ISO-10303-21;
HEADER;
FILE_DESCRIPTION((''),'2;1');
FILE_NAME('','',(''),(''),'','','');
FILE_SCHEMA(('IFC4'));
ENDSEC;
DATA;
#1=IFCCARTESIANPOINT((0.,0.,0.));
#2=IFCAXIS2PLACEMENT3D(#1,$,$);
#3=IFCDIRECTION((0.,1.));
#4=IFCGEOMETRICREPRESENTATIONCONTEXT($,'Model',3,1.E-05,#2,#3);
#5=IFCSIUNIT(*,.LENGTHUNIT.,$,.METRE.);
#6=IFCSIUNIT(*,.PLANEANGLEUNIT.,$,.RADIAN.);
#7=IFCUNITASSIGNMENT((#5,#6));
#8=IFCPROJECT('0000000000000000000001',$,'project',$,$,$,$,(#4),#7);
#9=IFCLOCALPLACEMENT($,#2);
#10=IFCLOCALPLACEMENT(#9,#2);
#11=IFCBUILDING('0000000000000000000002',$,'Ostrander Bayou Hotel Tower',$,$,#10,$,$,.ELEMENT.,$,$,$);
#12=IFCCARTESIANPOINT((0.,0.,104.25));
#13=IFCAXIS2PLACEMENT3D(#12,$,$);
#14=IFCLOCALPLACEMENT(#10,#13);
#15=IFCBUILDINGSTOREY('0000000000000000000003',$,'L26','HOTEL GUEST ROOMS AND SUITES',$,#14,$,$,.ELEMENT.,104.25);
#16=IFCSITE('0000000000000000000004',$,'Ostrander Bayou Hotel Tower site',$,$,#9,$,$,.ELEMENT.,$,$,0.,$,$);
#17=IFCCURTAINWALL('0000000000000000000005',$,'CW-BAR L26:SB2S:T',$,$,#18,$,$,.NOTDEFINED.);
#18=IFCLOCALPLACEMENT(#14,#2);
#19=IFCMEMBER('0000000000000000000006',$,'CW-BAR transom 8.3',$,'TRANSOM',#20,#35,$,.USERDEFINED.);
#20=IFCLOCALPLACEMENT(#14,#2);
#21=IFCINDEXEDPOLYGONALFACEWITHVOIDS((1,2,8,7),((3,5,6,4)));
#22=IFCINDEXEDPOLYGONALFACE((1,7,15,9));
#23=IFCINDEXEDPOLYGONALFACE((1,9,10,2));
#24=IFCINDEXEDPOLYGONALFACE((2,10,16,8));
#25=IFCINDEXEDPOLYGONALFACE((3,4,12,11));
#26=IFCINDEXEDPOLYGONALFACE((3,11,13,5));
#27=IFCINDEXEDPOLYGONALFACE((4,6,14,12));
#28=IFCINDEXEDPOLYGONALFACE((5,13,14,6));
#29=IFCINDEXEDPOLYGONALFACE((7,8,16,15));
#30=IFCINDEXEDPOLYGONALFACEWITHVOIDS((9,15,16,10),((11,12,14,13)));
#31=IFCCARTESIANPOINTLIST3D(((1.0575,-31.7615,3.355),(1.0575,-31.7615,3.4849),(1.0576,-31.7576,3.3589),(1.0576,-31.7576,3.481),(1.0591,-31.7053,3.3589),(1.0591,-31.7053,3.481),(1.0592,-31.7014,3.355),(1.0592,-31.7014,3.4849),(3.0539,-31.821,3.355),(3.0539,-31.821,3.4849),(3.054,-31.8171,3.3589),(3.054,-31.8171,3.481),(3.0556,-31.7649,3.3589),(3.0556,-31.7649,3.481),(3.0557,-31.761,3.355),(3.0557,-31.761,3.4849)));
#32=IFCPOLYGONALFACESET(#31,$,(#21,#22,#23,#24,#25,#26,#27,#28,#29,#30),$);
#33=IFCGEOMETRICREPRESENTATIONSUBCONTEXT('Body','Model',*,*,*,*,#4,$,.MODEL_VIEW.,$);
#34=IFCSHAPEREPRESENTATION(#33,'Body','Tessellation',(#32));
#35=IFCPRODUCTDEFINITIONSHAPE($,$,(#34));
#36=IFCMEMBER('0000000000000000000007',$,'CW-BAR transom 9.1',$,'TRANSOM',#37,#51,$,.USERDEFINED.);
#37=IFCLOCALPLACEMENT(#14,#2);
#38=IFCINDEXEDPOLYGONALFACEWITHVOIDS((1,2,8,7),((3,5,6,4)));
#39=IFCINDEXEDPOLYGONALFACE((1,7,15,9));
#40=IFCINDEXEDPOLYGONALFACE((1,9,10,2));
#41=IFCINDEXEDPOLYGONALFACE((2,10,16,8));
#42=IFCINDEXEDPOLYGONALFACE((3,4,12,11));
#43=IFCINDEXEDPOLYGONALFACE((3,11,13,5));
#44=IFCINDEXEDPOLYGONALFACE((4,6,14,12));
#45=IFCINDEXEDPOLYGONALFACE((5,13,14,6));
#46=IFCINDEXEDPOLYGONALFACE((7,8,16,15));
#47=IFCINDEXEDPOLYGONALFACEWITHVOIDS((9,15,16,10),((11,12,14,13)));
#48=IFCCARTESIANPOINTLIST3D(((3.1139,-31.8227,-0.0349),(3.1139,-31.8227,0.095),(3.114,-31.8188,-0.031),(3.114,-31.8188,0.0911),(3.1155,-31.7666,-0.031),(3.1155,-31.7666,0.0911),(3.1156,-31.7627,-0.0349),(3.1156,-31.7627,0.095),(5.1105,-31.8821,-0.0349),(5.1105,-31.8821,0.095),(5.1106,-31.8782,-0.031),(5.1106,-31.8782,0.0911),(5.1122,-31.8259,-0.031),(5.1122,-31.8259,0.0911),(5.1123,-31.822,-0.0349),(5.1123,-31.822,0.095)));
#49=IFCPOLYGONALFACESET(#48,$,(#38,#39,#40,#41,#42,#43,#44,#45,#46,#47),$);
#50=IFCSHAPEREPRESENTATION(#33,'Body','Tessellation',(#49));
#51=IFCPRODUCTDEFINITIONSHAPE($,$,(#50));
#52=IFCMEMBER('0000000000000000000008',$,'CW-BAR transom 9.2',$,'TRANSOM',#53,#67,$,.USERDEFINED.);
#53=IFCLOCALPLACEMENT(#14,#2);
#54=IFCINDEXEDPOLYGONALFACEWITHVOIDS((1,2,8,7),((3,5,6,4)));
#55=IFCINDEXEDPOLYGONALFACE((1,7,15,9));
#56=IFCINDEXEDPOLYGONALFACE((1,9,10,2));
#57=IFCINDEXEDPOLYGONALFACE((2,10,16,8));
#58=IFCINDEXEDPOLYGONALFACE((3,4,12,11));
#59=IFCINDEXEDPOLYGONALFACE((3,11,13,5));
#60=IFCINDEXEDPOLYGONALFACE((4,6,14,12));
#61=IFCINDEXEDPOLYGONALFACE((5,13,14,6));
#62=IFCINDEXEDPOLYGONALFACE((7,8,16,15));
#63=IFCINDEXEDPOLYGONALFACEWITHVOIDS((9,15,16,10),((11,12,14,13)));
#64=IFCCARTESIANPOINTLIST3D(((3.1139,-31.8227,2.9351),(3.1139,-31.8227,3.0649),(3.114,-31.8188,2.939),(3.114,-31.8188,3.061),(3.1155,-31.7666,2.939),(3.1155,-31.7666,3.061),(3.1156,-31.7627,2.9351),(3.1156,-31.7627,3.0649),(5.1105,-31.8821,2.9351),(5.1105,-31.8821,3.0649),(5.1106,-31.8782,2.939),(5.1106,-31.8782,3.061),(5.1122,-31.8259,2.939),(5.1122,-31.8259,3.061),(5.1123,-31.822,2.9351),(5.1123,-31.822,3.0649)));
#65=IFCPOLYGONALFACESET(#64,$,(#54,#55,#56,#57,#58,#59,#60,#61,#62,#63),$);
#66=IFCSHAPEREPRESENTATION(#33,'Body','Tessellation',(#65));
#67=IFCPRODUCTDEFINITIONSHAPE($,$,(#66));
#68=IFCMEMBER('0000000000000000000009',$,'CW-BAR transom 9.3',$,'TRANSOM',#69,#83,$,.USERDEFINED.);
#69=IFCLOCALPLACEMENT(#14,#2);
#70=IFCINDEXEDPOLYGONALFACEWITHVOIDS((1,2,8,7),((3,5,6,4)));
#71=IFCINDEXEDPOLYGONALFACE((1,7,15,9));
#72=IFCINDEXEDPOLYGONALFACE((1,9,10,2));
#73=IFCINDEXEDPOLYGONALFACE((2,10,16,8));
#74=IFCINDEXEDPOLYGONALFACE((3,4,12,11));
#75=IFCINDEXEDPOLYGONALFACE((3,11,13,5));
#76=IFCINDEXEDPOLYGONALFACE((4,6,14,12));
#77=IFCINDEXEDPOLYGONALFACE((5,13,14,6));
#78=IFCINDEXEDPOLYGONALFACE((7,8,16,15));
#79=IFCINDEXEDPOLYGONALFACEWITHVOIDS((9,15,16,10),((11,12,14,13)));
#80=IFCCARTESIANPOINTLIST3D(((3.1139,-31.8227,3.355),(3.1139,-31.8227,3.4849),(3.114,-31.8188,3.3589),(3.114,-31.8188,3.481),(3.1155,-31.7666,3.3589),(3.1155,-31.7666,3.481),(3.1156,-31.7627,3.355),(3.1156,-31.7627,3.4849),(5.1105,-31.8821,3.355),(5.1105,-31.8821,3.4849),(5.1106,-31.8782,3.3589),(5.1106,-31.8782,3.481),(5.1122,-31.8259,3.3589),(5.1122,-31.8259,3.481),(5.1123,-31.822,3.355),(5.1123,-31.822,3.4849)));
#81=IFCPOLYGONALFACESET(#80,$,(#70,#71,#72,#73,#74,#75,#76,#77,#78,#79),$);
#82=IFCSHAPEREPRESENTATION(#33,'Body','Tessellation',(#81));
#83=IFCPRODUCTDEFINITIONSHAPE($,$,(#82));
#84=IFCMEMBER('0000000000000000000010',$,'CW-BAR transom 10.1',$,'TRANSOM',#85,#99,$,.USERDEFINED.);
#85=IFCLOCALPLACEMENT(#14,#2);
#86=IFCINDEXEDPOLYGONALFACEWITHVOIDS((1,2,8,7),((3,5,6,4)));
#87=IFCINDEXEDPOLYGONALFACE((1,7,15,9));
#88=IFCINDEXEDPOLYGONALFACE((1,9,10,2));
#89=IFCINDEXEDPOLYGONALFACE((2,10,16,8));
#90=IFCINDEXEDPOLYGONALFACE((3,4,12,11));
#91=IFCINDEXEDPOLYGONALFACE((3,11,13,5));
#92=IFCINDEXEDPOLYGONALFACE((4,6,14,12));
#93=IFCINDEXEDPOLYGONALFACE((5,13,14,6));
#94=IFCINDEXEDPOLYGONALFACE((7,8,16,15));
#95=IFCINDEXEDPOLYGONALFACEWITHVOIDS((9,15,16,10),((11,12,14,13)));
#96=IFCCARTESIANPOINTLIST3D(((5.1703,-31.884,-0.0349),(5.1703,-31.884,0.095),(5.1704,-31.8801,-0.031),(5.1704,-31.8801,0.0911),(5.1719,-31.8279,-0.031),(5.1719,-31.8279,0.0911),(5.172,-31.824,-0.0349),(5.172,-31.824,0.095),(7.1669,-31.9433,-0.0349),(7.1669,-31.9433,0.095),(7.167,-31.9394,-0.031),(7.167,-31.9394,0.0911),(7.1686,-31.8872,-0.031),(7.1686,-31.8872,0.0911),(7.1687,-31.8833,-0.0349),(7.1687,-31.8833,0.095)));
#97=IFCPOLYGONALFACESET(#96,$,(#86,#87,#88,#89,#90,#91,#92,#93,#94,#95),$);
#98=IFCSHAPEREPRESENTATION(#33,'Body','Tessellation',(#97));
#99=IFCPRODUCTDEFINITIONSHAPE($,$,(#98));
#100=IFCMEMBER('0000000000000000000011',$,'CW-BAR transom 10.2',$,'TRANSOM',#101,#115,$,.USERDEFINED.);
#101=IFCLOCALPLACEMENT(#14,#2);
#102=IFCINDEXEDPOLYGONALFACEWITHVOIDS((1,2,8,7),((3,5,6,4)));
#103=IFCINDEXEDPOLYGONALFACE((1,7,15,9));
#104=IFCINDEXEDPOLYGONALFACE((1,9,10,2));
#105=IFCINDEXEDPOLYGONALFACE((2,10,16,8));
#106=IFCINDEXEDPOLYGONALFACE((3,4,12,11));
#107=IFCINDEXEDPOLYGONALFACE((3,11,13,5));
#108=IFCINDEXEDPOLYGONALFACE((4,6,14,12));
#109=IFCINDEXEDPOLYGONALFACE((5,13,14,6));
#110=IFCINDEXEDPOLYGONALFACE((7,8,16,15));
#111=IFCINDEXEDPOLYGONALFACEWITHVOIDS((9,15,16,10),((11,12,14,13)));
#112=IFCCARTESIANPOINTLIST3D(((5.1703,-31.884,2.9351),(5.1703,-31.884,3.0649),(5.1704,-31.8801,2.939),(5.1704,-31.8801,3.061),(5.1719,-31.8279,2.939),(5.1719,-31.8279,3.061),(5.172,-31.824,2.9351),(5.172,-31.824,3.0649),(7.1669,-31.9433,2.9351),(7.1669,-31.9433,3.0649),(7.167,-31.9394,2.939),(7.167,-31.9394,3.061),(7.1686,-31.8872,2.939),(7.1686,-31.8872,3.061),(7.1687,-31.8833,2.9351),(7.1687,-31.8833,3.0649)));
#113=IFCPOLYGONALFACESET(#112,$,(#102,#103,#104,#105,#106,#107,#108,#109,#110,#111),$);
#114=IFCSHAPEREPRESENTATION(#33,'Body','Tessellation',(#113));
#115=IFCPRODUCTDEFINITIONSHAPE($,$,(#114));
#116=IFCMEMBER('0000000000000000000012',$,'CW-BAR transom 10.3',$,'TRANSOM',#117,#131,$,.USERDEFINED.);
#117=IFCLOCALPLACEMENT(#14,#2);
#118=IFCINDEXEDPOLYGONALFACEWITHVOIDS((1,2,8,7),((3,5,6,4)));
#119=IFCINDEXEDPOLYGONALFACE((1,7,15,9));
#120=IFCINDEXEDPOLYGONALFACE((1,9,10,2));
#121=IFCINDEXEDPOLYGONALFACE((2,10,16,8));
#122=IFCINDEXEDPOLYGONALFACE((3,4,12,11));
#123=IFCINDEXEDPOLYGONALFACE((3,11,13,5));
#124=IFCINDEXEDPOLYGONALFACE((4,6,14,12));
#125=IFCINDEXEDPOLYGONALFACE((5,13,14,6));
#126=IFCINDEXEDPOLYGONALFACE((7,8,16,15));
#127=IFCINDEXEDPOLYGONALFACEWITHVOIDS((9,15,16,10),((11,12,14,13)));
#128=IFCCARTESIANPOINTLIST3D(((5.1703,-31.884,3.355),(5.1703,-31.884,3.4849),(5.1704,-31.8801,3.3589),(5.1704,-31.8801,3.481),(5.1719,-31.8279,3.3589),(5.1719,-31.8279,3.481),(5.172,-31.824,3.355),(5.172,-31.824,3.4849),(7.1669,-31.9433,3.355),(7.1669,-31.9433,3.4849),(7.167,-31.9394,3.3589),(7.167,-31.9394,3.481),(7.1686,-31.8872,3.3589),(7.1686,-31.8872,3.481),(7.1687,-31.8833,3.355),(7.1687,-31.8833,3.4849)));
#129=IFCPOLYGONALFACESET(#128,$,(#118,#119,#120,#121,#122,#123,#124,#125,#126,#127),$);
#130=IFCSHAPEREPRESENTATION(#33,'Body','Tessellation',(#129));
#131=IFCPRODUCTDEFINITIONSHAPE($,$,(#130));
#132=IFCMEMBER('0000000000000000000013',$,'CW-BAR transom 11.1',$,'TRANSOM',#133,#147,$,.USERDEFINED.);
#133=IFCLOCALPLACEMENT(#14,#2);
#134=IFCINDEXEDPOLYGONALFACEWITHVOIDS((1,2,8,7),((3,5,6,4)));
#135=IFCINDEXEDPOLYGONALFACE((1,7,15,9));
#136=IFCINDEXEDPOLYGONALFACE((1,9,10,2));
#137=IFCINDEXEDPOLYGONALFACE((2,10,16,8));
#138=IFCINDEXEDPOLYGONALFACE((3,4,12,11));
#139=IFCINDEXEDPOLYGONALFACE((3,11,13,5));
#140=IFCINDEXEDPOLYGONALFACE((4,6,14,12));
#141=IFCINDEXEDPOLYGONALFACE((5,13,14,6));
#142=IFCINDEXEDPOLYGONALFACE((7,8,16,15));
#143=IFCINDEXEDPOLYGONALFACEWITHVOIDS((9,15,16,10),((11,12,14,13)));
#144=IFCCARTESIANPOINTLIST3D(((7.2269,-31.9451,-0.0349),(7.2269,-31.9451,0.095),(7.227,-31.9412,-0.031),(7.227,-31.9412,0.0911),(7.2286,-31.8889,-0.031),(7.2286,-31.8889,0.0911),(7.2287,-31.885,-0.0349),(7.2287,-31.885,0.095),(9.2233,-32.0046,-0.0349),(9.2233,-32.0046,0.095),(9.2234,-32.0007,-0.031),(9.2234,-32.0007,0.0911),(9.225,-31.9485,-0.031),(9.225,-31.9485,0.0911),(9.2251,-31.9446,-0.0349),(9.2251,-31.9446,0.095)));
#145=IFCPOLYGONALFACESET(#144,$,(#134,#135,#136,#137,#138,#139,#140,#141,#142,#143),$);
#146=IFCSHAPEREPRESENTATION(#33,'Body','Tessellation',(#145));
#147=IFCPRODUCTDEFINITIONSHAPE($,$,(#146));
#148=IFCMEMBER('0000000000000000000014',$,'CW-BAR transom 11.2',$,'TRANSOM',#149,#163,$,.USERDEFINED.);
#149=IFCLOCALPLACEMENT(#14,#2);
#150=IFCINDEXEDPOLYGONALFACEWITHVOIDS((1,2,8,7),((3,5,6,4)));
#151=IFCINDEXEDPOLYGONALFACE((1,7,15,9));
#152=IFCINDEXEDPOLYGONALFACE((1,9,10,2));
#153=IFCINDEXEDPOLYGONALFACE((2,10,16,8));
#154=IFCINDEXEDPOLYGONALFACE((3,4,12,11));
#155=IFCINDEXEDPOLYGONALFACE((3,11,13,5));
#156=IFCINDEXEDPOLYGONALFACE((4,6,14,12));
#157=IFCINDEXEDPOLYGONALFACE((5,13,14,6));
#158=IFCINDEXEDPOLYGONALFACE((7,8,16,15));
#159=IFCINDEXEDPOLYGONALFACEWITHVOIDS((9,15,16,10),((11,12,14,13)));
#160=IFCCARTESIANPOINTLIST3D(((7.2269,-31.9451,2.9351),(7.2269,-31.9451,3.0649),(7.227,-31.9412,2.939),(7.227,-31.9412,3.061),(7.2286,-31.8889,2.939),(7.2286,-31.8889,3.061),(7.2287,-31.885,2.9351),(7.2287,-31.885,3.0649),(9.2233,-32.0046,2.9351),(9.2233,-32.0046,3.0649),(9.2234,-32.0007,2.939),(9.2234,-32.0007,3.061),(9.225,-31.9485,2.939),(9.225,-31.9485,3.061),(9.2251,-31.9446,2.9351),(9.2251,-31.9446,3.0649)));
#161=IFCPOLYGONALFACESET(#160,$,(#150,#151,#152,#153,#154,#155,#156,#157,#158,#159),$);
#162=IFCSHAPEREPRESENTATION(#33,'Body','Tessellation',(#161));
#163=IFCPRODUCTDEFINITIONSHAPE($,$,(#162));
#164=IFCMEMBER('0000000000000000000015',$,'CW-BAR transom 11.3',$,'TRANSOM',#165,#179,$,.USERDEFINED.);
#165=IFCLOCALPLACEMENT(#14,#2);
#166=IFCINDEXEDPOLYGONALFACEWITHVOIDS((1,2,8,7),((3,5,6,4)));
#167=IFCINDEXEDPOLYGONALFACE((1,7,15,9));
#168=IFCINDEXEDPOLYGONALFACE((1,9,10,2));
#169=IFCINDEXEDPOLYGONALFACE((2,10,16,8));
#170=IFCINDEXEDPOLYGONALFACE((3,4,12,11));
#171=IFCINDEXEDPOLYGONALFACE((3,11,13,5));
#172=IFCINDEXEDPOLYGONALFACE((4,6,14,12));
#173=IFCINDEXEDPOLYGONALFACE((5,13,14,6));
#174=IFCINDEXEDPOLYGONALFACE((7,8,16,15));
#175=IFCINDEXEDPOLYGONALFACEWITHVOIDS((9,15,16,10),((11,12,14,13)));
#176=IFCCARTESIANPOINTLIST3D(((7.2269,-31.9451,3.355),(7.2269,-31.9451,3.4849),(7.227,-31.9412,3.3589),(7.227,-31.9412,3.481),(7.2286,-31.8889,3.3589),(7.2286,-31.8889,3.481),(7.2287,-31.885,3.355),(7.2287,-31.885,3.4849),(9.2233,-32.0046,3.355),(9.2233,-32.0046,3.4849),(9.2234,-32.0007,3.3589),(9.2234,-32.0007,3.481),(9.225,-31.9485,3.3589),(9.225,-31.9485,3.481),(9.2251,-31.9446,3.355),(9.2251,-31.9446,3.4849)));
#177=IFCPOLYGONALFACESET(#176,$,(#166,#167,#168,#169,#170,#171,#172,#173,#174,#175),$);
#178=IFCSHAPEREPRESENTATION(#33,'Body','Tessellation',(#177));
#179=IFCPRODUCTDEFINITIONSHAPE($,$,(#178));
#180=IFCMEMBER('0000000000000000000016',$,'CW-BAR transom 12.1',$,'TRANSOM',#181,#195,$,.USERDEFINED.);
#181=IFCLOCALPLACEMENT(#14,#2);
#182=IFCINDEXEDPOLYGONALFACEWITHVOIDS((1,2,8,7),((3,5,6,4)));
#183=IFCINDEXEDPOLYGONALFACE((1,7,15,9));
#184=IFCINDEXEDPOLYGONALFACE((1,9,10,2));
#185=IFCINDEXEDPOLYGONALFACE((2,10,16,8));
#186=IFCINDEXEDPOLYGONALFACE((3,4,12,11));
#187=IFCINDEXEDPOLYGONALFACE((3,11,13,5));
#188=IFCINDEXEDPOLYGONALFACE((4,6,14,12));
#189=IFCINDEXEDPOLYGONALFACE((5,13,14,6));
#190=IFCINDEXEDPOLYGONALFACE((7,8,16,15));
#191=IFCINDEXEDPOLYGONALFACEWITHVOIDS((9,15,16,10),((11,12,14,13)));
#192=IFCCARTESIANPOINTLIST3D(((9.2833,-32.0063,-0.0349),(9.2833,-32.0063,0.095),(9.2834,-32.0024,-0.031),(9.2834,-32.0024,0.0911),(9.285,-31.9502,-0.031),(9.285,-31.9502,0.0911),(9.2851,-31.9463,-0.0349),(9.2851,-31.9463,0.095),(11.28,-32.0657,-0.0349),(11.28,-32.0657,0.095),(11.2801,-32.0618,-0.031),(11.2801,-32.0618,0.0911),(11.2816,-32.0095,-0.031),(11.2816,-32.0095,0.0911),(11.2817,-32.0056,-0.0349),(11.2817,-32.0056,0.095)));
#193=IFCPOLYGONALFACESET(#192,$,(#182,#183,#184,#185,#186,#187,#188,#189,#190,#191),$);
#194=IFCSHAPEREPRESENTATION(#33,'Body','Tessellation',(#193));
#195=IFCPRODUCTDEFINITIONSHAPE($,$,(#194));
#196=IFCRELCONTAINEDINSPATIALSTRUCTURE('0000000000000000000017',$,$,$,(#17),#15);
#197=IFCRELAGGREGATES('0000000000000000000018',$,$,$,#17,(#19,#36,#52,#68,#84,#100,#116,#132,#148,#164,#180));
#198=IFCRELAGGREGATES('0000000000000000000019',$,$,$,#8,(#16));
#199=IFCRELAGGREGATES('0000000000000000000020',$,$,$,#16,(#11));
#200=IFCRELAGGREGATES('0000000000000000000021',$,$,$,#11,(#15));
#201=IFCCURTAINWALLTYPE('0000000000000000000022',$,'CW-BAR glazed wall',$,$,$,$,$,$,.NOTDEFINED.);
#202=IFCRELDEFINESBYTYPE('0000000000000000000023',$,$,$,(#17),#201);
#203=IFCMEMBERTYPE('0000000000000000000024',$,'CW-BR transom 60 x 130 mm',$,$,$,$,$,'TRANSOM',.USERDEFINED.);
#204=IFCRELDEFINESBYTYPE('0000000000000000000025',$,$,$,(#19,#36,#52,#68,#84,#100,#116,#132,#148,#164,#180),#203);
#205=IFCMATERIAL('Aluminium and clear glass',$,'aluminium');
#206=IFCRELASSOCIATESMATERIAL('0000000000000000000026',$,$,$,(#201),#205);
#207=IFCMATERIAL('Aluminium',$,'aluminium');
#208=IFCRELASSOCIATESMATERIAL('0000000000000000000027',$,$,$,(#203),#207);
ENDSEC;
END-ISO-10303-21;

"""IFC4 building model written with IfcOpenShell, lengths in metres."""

from ifc_helpers import new_model, si_unit, direction, frame, origin, origin_2d, place, context, subcontext, project, spatial, hollow_rectangle, extrude, material, material_profile, profile_set, type_object, element, aggregate, save


model = new_model("IFC4")

# Units and contexts
model_context = context("Model", 3, precision=1e-05, world=origin(), true_north=direction((0.0, 1.0)))
body_context = subcontext(model_context, "Body", "Model", "MODEL_VIEW")
ifc_project = project(units=[si_unit("LENGTHUNIT", "METRE"), si_unit("PLANEANGLEUNIT", "RADIAN")], contexts=[model_context])

# Site, building, storey
site_placement = place(None, origin())
site = spatial("IfcSite", under=ifc_project, at=site_placement, Name="Ostrander Bayou Hotel Tower site", CompositionType="ELEMENT", RefElevation=0.0)
building_placement = place(site_placement, origin())
building = spatial("IfcBuilding", under=site, at=building_placement, Name="Ostrander Bayou Hotel Tower", CompositionType="ELEMENT")
storey_placement = place(building_placement, frame((0.0, 0.0, 104.25)))
storey = spatial("IfcBuildingStorey", under=building, at=storey_placement, Name="L26", Description="HOTEL GUEST ROOMS AND SUITES", CompositionType="ELEMENT", Elevation=104.25)

# Curtain wall, members
ifc_material_1 = material(Name="Aluminium and clear glass", Category="aluminium")
curtain_wall_type = type_object("IfcCurtainWallType", Name="CW-BAR glazed wall", PredefinedType="NOTDEFINED", material=ifc_material_1)
curtain_wall_placement = place(storey_placement, origin())
curtain_wall = element("IfcCurtainWall", 1, at=curtain_wall_placement, inside=storey, type_object=curtain_wall_type, Name="CW-BAR L26:SB2S:T", PredefinedType="NOTDEFINED")
ifc_material_2 = material(Name="Aluminium", Category="aluminium")
ifc_material_profile_1 = material_profile(ifc_material_2, hollow_rectangle(XDim=0.0601, YDim=0.1299, WallThickness=0.0039, at=origin_2d()))
ifc_profile_set_1 = profile_set([ifc_material_profile_1], Name="Aluminium")
member_type_1 = type_object("IfcMemberType", Name="CW-BR transom 60 x 130 mm", ElementType="TRANSOM", PredefinedType="USERDEFINED", material=ifc_profile_set_1)
member_1_placement = place(storey_placement, frame((1.0583, -31.7314, 3.4199), z_axis=(0.999555, -0.029827, 0.0), x_axis=(0.029827, 0.999555, 0.0)))
member_1 = element("IfcMember", 2, at=member_1_placement, type_object=member_type_1, Name="CW-BAR transom 8.3", ObjectType="TRANSOM", PredefinedType="USERDEFINED", context=body_context, shape_type="SweptSolid", body=[
    extrude(hollow_rectangle(XDim=0.0601, YDim=0.1299, WallThickness=0.0039, at=origin_2d()), origin(), (0.0, 0.0, 1.0), 1.9973),
])
member_2_placement = place(storey_placement, frame((3.1147, -31.7927, 0.03), z_axis=(0.999559, -0.029701, 0.0), x_axis=(0.029701, 0.999559, 0.0)))
member_2 = element("IfcMember", 3, at=member_2_placement, type_object=member_type_1, Name="CW-BAR transom 9.1", ObjectType="TRANSOM", PredefinedType="USERDEFINED", context=body_context, shape_type="SweptSolid", body=[
    extrude(hollow_rectangle(XDim=0.0601, YDim=0.1299, WallThickness=0.0039, at=origin_2d()), origin(), (0.0, 0.0, 1.0), 1.9976),
])
member_3_placement = place(storey_placement, frame((3.1147, -31.7927, 3.0), z_axis=(0.999559, -0.029701, 0.0), x_axis=(0.029701, 0.999559, 0.0)))
member_3 = element("IfcMember", 4, at=member_3_placement, type_object=member_type_1, Name="CW-BAR transom 9.2", ObjectType="TRANSOM", PredefinedType="USERDEFINED", context=body_context, shape_type="SweptSolid", body=[
    extrude(hollow_rectangle(XDim=0.0601, YDim=0.1299, WallThickness=0.0039, at=origin_2d()), origin(), (0.0, 0.0, 1.0), 1.9976),
])
member_4_placement = place(storey_placement, frame((3.1147, -31.7927, 3.4199), z_axis=(0.999559, -0.029701, 0.0), x_axis=(0.029701, 0.999559, 0.0)))
member_4 = element("IfcMember", 5, at=member_4_placement, type_object=member_type_1, Name="CW-BAR transom 9.3", ObjectType="TRANSOM", PredefinedType="USERDEFINED", context=body_context, shape_type="SweptSolid", body=[
    extrude(hollow_rectangle(XDim=0.0601, YDim=0.1299, WallThickness=0.0039, at=origin_2d()), origin(), (0.0, 0.0, 1.0), 1.9976),
])
member_5_placement = place(storey_placement, frame((5.1711, -31.854, 0.03), z_axis=(0.999559, -0.029701, 0.0), x_axis=(0.029701, 0.999559, 0.0)))
member_5 = element("IfcMember", 6, at=member_5_placement, type_object=member_type_1, Name="CW-BAR transom 10.1", ObjectType="TRANSOM", PredefinedType="USERDEFINED", context=body_context, shape_type="SweptSolid", body=[
    extrude(hollow_rectangle(XDim=0.0601, YDim=0.1299, WallThickness=0.0039, at=origin_2d()), origin(), (0.0, 0.0, 1.0), 1.9976),
])
member_6_placement = place(storey_placement, frame((5.1711, -31.854, 3.0), z_axis=(0.999559, -0.029701, 0.0), x_axis=(0.029701, 0.999559, 0.0)))
member_6 = element("IfcMember", 7, at=member_6_placement, type_object=member_type_1, Name="CW-BAR transom 10.2", ObjectType="TRANSOM", PredefinedType="USERDEFINED", context=body_context, shape_type="SweptSolid", body=[
    extrude(hollow_rectangle(XDim=0.0601, YDim=0.1299, WallThickness=0.0039, at=origin_2d()), origin(), (0.0, 0.0, 1.0), 1.9976),
])
member_7_placement = place(storey_placement, frame((5.1711, -31.854, 3.4199), z_axis=(0.999559, -0.029701, 0.0), x_axis=(0.029701, 0.999559, 0.0)))
member_7 = element("IfcMember", 8, at=member_7_placement, type_object=member_type_1, Name="CW-BAR transom 10.3", ObjectType="TRANSOM", PredefinedType="USERDEFINED", context=body_context, shape_type="SweptSolid", body=[
    extrude(hollow_rectangle(XDim=0.0601, YDim=0.1299, WallThickness=0.0039, at=origin_2d()), origin(), (0.0, 0.0, 1.0), 1.9976),
])
member_8_placement = place(storey_placement, frame((7.2278, -31.915, 0.03), z_axis=(0.999555, -0.029827, 0.0), x_axis=(0.029827, 0.999555, 0.0)))
member_8 = element("IfcMember", 9, at=member_8_placement, type_object=member_type_1, Name="CW-BAR transom 11.1", ObjectType="TRANSOM", PredefinedType="USERDEFINED", context=body_context, shape_type="SweptSolid", body=[
    extrude(hollow_rectangle(XDim=0.0601, YDim=0.1299, WallThickness=0.0039, at=origin_2d()), origin(), (0.0, 0.0, 1.0), 1.9973),
])
member_9_placement = place(storey_placement, frame((7.2278, -31.915, 3.0), z_axis=(0.999555, -0.029827, 0.0), x_axis=(0.029827, 0.999555, 0.0)))
member_9 = element("IfcMember", 10, at=member_9_placement, type_object=member_type_1, Name="CW-BAR transom 11.2", ObjectType="TRANSOM", PredefinedType="USERDEFINED", context=body_context, shape_type="SweptSolid", body=[
    extrude(hollow_rectangle(XDim=0.0601, YDim=0.1299, WallThickness=0.0039, at=origin_2d()), origin(), (0.0, 0.0, 1.0), 1.9973),
])
member_10_placement = place(storey_placement, frame((7.2278, -31.915, 3.4199), z_axis=(0.999555, -0.029827, 0.0), x_axis=(0.029827, 0.999555, 0.0)))
member_10 = element("IfcMember", 11, at=member_10_placement, type_object=member_type_1, Name="CW-BAR transom 11.3", ObjectType="TRANSOM", PredefinedType="USERDEFINED", context=body_context, shape_type="SweptSolid", body=[
    extrude(hollow_rectangle(XDim=0.0601, YDim=0.1299, WallThickness=0.0039, at=origin_2d()), origin(), (0.0, 0.0, 1.0), 1.9973),
])
member_11_placement = place(storey_placement, frame((9.2842, -31.9763, 0.03), z_axis=(0.999559, -0.029701, 0.0), x_axis=(0.029701, 0.999559, 0.0)))
member_11 = element("IfcMember", 12, at=member_11_placement, type_object=member_type_1, Name="CW-BAR transom 12.1", ObjectType="TRANSOM", PredefinedType="USERDEFINED", context=body_context, shape_type="SweptSolid", body=[
    extrude(hollow_rectangle(XDim=0.0601, YDim=0.1299, WallThickness=0.0039, at=origin_2d()), origin(), (0.0, 0.0, 1.0), 1.9976),
])
aggregate(curtain_wall, [member_1, member_2, member_3, member_4, member_5, member_6, member_7, member_8, member_9, member_10, member_11])

save(model, "model.ifc")
